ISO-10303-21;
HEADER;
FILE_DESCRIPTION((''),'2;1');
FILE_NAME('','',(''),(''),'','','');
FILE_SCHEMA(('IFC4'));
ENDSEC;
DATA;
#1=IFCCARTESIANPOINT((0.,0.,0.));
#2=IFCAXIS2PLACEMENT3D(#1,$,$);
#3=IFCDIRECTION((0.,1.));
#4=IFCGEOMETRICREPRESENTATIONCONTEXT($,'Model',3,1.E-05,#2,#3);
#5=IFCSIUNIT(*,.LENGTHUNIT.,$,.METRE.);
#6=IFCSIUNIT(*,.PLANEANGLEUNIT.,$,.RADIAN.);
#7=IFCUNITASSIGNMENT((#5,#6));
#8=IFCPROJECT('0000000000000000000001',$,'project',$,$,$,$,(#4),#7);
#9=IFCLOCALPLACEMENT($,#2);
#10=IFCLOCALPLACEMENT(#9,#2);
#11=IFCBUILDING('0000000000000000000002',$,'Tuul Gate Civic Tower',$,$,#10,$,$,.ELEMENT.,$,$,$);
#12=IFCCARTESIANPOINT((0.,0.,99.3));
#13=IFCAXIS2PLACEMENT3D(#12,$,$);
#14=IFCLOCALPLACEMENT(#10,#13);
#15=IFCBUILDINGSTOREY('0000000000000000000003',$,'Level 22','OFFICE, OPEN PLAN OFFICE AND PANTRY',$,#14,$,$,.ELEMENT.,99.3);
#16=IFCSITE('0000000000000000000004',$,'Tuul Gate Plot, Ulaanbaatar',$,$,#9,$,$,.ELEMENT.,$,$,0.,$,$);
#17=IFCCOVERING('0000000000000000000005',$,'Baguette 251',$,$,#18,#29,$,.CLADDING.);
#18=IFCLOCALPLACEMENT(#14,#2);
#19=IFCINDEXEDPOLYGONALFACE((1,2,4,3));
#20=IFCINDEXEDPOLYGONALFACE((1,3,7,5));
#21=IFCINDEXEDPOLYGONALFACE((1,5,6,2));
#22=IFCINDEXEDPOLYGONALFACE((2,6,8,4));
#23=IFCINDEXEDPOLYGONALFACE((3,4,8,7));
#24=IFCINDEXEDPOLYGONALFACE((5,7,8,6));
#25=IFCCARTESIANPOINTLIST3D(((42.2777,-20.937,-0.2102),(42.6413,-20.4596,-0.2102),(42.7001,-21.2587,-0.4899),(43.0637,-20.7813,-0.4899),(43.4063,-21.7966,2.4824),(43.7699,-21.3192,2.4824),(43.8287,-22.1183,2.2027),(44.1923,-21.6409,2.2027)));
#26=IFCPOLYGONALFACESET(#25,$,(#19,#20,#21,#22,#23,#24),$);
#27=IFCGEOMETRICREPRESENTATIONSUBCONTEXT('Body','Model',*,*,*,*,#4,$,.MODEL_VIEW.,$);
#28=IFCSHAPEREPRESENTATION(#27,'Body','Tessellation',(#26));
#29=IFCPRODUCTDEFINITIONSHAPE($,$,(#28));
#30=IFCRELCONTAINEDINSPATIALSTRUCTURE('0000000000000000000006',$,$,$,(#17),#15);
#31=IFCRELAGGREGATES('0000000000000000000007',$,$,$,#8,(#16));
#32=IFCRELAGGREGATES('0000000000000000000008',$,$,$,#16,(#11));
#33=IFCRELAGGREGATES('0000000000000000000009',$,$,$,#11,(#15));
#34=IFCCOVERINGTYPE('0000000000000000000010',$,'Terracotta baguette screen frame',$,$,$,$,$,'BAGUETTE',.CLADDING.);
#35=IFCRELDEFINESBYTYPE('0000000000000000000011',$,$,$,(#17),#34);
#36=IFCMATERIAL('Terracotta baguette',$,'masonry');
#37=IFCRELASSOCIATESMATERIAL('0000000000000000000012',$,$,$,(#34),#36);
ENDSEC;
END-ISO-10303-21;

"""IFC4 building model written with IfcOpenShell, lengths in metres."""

from ifc_helpers import new_model, si_unit, direction, frame, origin, origin_2d, place, context, subcontext, project, spatial, rectangle, extrude, material, material_profile, profile_set, type_object, element, save


model = new_model("IFC4")

# Units and contexts
model_context = context("Model", 3, precision=1e-05, world=origin(), true_north=direction((0.0, 1.0)))
body_context = subcontext(model_context, "Body", "Model", "MODEL_VIEW")
ifc_project = project(units=[si_unit("LENGTHUNIT", "METRE"), si_unit("PLANEANGLEUNIT", "RADIAN")], contexts=[model_context])

# Site, building, storey
site_placement = place(None, origin())
site = spatial("IfcSite", under=ifc_project, at=site_placement, Name="Tuul Gate Plot, Ulaanbaatar", CompositionType="ELEMENT", RefElevation=0.0)
building_placement = place(site_placement, origin())
building = spatial("IfcBuilding", under=site, at=building_placement, Name="Tuul Gate Civic Tower", CompositionType="ELEMENT")
storey_placement = place(building_placement, frame((0.0, 0.0, 99.3)))
storey = spatial("IfcBuildingStorey", under=building, at=storey_placement, Name="Level 22", Description="OFFICE, OPEN PLAN OFFICE AND PANTRY", CompositionType="ELEMENT", Elevation=99.3)

# Covering
ifc_material_1 = material(Name="Terracotta baguette", Category="masonry")
ifc_material_profile_1 = material_profile(ifc_material_1, rectangle(XDim=0.6001, YDim=0.6001, at=origin_2d()), Name="Terracotta baguette screen frame")
ifc_profile_set_1 = profile_set([ifc_material_profile_1], Name="Terracotta baguette")
covering_type = type_object("IfcCoveringType", Name="Terracotta baguette screen frame", ElementType="BAGUETTE", PredefinedType="CLADDING", material=ifc_profile_set_1)
covering_placement = place(storey_placement, frame((43.7993, -21.7188, 2.3425), z_axis=(-0.37084, 0.282442, -0.884706), x_axis=(-0.605903, -0.795538, 0.0)))
element("IfcCovering", 1, at=covering_placement, inside=storey, type_object=covering_type, Name="Baguette 251", PredefinedType="CLADDING", context=body_context, shape_type="SweptSolid", body=[
    extrude(rectangle(XDim=0.6001, YDim=0.6001, at=origin_2d()), origin(), (0.0, 0.0, 1.0), 3.0435),
])

save(model, "model.ifc")
